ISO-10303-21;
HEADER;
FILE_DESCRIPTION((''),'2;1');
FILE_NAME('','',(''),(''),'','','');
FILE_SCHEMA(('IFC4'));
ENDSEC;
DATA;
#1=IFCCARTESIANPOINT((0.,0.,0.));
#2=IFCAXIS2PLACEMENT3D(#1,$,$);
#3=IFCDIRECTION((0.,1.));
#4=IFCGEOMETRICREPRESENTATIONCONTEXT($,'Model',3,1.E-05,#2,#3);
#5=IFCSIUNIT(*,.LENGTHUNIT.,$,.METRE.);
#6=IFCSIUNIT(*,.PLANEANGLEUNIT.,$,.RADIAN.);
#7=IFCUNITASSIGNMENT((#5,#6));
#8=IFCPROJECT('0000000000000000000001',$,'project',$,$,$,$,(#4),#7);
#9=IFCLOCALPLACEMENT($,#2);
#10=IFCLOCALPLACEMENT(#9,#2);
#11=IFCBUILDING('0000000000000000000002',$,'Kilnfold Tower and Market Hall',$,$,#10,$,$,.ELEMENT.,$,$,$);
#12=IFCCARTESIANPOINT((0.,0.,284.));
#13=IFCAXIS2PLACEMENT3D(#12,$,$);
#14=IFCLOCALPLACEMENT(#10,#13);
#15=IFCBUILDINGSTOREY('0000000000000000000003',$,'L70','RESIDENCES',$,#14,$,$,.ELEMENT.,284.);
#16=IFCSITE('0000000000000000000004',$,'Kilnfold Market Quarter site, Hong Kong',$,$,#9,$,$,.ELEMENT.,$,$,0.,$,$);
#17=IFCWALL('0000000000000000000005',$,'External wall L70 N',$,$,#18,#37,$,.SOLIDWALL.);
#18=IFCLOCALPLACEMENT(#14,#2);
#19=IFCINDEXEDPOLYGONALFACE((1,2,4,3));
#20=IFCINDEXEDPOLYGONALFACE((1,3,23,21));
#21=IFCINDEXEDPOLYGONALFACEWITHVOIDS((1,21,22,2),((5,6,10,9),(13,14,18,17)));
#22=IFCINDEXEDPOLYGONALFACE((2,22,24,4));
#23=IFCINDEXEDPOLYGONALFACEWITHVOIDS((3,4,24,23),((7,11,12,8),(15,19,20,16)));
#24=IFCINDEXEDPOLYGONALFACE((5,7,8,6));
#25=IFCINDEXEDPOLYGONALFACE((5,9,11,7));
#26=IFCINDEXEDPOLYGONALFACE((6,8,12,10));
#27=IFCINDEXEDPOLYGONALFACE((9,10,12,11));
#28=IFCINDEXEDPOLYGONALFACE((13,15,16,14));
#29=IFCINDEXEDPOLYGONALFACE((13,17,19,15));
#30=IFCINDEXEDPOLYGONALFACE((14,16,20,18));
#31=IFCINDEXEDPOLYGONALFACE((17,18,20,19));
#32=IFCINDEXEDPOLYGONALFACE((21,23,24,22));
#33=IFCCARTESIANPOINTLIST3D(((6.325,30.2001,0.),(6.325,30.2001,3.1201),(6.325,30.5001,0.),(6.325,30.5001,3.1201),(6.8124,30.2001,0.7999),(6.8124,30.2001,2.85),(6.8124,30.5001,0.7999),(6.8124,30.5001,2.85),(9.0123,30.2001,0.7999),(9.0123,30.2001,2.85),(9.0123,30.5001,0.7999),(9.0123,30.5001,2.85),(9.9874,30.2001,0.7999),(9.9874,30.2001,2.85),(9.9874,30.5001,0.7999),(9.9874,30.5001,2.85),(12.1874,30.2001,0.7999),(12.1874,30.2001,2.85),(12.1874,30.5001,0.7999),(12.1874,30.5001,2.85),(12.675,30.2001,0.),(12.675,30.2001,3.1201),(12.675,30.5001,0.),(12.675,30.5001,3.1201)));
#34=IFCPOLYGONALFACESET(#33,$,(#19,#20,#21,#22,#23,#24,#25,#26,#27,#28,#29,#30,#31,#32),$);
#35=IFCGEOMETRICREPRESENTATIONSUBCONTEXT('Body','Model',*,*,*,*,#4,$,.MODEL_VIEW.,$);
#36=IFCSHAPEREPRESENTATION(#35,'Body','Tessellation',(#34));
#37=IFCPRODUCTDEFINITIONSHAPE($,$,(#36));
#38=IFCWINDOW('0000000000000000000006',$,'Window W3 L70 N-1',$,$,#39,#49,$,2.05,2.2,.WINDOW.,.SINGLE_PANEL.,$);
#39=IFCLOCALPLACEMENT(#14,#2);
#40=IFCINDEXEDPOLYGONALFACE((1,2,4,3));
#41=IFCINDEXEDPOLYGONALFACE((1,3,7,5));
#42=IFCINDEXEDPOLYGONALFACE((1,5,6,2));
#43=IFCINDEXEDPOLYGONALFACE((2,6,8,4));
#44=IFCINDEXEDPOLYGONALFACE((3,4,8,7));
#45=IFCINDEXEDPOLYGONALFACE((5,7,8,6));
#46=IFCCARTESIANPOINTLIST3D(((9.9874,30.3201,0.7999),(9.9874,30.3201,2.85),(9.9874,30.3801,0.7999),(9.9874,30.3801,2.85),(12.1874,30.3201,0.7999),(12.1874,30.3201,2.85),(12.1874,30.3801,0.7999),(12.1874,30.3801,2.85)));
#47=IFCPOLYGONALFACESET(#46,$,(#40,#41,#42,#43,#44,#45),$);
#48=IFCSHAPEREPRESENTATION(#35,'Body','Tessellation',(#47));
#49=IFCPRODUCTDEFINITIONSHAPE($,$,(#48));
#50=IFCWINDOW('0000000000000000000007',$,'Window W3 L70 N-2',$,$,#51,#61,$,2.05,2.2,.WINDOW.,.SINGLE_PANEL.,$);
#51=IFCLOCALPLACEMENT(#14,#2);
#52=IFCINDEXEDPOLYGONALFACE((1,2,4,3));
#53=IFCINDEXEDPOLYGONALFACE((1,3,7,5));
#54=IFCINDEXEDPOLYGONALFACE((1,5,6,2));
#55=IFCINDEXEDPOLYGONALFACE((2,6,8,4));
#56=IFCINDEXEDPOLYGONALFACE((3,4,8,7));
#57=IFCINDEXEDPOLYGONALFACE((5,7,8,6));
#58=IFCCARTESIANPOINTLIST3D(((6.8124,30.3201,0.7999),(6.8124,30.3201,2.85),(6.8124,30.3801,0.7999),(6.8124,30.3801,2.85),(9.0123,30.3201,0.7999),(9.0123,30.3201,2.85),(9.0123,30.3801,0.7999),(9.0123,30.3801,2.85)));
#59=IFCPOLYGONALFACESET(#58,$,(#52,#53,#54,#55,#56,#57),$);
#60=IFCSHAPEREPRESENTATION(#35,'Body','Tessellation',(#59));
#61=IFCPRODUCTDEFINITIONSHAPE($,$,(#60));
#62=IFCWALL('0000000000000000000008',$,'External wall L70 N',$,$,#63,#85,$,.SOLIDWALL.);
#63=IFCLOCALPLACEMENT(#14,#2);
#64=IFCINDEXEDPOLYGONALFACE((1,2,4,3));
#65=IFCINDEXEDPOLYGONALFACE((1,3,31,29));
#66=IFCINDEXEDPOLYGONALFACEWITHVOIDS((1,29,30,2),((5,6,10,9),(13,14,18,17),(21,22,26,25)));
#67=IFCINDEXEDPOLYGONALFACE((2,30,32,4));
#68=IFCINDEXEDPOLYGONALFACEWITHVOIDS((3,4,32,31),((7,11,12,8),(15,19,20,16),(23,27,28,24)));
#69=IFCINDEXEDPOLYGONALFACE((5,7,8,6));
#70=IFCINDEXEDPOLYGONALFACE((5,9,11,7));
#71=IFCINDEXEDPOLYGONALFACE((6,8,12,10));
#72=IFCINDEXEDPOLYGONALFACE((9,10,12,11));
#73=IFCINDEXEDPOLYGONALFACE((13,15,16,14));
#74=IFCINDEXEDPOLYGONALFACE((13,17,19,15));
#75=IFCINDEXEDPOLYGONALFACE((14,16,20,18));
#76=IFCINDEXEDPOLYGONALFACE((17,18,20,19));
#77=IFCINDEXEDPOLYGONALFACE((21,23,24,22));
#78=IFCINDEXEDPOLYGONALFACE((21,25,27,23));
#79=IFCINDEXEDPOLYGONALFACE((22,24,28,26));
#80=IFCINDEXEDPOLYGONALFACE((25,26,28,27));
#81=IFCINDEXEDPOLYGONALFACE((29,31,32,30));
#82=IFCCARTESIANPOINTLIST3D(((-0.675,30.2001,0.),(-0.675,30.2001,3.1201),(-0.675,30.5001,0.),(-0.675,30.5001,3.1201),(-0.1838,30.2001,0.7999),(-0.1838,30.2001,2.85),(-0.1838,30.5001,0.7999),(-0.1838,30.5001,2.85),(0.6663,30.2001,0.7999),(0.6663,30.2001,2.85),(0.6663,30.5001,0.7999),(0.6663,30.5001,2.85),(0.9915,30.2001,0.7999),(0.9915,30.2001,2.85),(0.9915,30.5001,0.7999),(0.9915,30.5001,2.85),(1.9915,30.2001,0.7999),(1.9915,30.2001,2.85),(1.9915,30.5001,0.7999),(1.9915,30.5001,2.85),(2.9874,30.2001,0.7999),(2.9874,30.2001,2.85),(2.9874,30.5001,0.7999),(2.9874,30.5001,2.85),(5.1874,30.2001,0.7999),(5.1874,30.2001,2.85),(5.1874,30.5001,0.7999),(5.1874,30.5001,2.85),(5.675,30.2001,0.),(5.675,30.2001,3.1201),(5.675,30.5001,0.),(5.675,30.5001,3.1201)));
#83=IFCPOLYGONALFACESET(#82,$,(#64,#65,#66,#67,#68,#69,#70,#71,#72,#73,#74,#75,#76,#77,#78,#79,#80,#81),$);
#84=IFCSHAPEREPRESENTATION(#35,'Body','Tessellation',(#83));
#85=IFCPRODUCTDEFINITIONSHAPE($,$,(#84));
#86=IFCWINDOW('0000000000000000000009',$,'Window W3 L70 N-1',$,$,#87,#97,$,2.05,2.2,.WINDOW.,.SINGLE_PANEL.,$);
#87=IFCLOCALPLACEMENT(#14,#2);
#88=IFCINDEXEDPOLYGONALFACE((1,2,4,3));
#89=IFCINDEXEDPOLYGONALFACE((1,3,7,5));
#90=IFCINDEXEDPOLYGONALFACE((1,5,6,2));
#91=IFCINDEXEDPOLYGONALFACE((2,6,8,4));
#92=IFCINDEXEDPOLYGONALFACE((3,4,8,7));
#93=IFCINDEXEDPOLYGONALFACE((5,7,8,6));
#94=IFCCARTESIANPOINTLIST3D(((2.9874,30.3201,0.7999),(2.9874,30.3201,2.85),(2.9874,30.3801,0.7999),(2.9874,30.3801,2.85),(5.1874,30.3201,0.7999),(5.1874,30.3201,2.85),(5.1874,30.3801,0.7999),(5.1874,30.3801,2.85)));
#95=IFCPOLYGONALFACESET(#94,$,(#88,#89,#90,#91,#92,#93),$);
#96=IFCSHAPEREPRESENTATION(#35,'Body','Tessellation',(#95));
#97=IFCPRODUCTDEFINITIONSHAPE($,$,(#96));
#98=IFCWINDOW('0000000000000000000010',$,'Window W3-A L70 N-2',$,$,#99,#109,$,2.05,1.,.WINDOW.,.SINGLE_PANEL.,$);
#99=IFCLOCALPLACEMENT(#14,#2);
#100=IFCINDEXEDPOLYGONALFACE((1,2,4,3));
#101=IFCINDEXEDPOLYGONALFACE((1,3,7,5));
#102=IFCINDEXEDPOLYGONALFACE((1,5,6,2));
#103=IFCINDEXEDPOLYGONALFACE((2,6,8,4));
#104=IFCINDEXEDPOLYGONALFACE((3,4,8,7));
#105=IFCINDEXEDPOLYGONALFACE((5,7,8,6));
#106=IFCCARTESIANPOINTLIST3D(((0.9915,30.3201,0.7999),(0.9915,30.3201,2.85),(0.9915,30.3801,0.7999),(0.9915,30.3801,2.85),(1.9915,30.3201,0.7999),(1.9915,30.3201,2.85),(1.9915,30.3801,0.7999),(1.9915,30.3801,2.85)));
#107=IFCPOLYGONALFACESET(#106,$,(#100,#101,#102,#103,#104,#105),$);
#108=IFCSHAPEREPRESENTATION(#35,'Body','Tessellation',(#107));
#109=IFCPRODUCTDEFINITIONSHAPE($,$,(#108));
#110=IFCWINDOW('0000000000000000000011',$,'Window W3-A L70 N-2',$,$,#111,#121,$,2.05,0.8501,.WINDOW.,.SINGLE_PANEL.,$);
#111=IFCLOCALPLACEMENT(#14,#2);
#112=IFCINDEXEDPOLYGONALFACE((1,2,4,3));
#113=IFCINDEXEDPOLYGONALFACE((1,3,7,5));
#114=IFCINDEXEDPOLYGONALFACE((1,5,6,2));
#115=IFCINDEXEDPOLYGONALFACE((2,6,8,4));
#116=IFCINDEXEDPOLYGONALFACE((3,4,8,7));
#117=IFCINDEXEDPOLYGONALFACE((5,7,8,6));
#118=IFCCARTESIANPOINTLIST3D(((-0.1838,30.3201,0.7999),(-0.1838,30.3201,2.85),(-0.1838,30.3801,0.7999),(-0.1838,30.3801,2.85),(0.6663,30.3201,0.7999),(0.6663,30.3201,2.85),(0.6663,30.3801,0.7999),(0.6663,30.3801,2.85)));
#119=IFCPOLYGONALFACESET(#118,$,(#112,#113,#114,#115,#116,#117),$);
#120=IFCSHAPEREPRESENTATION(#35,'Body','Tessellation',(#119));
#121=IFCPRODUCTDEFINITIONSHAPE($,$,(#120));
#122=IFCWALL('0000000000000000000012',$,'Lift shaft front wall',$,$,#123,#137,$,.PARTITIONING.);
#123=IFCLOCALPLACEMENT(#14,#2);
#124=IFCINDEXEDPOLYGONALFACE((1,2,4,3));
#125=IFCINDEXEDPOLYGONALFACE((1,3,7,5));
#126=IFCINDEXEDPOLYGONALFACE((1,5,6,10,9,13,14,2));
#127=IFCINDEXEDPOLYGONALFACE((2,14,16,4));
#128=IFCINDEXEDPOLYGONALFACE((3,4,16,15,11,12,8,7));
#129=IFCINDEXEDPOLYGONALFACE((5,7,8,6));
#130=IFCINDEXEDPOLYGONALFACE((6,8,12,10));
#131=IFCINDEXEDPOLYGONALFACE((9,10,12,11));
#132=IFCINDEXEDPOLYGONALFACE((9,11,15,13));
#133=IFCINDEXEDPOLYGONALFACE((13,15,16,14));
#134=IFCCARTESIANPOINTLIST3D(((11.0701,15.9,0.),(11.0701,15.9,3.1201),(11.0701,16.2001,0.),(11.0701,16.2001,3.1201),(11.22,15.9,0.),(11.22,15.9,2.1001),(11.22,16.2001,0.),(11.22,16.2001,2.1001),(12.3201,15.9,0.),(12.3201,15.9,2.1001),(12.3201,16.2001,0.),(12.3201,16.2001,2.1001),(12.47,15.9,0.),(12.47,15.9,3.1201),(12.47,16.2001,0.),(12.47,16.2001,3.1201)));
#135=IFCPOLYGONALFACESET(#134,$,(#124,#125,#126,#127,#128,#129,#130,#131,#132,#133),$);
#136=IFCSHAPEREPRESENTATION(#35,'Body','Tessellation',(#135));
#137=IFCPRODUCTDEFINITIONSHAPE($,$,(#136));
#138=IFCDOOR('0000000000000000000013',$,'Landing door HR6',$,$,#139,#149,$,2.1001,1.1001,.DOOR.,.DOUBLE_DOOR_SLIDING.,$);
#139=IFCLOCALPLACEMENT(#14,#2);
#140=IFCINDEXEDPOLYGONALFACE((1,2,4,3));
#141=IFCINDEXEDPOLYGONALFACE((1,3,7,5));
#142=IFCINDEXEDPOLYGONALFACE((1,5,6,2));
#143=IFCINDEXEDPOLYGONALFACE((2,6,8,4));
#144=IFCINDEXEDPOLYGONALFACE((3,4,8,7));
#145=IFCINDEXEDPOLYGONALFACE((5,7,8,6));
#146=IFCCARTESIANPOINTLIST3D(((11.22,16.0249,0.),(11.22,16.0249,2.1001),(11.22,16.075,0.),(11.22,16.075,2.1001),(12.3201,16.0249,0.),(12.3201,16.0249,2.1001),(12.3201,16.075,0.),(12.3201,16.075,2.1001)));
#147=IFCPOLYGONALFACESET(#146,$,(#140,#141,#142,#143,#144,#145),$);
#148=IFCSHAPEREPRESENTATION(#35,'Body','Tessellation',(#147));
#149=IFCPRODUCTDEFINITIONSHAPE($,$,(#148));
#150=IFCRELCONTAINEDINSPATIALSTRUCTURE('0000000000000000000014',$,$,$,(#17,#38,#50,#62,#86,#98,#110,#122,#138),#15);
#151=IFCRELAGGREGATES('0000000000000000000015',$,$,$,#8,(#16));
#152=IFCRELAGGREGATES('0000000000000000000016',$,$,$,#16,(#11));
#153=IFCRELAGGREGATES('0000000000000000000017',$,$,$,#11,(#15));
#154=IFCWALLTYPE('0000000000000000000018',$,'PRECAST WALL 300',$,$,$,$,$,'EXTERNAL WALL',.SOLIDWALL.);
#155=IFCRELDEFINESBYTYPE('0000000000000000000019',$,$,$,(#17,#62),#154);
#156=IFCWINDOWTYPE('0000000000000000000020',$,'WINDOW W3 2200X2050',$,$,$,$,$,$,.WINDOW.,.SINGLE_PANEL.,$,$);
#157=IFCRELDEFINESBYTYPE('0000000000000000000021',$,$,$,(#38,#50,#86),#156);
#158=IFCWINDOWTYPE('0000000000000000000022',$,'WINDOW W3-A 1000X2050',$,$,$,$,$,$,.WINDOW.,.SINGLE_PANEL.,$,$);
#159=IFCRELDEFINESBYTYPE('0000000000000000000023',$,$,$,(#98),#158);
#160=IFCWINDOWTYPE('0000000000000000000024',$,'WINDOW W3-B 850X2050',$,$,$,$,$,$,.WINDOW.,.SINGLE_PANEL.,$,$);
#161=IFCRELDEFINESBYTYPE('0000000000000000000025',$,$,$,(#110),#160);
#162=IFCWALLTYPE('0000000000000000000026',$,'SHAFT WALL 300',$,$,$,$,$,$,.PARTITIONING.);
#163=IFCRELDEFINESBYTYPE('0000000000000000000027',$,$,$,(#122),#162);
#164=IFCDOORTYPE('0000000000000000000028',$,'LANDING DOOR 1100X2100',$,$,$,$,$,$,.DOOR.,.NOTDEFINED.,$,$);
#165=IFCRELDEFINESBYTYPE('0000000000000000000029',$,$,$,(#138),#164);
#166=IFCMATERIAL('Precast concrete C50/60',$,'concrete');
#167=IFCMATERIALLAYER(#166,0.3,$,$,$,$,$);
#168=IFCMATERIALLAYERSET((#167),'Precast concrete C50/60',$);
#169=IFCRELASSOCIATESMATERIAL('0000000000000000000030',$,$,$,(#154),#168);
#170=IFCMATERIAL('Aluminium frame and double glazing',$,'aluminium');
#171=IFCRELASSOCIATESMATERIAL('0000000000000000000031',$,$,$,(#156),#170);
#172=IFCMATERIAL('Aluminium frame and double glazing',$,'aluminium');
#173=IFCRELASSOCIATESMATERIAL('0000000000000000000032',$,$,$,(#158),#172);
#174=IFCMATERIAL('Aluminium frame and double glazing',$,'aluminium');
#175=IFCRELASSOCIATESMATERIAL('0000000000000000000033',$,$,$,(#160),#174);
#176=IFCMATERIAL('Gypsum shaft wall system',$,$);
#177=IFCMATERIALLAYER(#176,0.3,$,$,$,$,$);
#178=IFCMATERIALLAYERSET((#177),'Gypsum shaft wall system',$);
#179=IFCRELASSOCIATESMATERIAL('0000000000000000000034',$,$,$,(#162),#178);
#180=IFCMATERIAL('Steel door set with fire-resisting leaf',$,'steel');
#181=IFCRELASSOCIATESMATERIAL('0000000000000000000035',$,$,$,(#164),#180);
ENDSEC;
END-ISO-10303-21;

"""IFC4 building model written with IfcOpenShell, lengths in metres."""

from ifc_helpers import new_model, si_unit, direction, frame, frame_2d, origin, place, context, subcontext, project, spatial, rectangle, extrude, source, transform, mapped, material, layer, layer_set, type_object, element, fill, save


model = new_model("IFC4")

# Units and contexts
model_context = context("Model", 3, precision=1e-05, world=origin(), true_north=direction((0.0, 1.0)))
body_context = subcontext(model_context, "Body", "Model", "MODEL_VIEW")
ifc_project = project(units=[si_unit("LENGTHUNIT", "METRE"), si_unit("PLANEANGLEUNIT", "RADIAN")], contexts=[model_context])

# Site, building, storey
site_placement = place(None, origin())
site = spatial("IfcSite", under=ifc_project, at=site_placement, Name="Kilnfold Market Quarter site, Hong Kong", CompositionType="ELEMENT", RefElevation=0.0)
building_placement = place(site_placement, origin())
building = spatial("IfcBuilding", under=site, at=building_placement, Name="Kilnfold Tower and Market Hall", CompositionType="ELEMENT")
storey_placement = place(building_placement, frame((0.0, 0.0, 284.0)))
storey = spatial("IfcBuildingStorey", under=building, at=storey_placement, Name="L70", Description="RESIDENCES", CompositionType="ELEMENT", Elevation=284.0)

# Walls, openings, windows
ifc_material_1 = material(Name="Precast concrete C50/60", Category="concrete")
ifc_layer_1 = layer(ifc_material_1, 0.3)
ifc_layer_set_1 = layer_set([ifc_layer_1], Name="Precast concrete C50/60")
wall_type_1 = type_object("IfcWallType", Name="PRECAST WALL 300", ElementType="EXTERNAL WALL", PredefinedType="SOLIDWALL", material=ifc_layer_set_1)
shared_shape_1 = source(origin(), body_context, "Body", "SweptSolid", [
    extrude(rectangle(XDim=6.3501, YDim=0.3, at=frame_2d((3.175, 0.0))), origin(), (0.0, 0.0, 1.0), 3.1201),
])
wall_1_placement = place(storey_placement, frame((12.675, 30.3501, 0.0), z_axis=(0.0, 0.0, 1.0), x_axis=(-1.0, 0.0, 0.0)))
wall_1 = element("IfcWall", 1, at=wall_1_placement, inside=storey, type_object=wall_type_1, Name="External wall L70 N", PredefinedType="SOLIDWALL", context=body_context, shape_type="MappedRepresentation", body=[
    mapped(shared_shape_1, transform((0.0, 0.0, 0.0))),
])
opening_1_placement = place(wall_1_placement, frame((0.4875, 0.0, 0.8)))
opening_1 = element("IfcOpeningElement", 2, at=opening_1_placement, cuts=wall_1, PredefinedType="OPENING", context=body_context, shape_type="SweptSolid", body=[
    extrude(rectangle(XDim=2.2, YDim=2.05, at=frame_2d((1.1001, 1.0249))), frame((0.0, 0.1602, 0.0), z_axis=(0.0, -1.0, 0.0), x_axis=(1.0, 0.0, 0.0)), (0.0, 0.0, 1.0), 0.3201),
])
opening_2_placement = place(wall_1_placement, frame((3.6626, 0.0, 0.8)))
opening_2 = element("IfcOpeningElement", 3, at=opening_2_placement, cuts=wall_1, PredefinedType="OPENING", context=body_context, shape_type="SweptSolid", body=[
    extrude(rectangle(XDim=2.2, YDim=2.05, at=frame_2d((1.1001, 1.0249))), frame((0.0, 0.1602, 0.0), z_axis=(0.0, -1.0, 0.0), x_axis=(1.0, 0.0, 0.0)), (0.0, 0.0, 1.0), 0.3201),
])
ifc_material_2 = material(Name="Aluminium frame and double glazing", Category="aluminium")
window_type_1 = type_object("IfcWindowType", Name="WINDOW W3 2200X2050", PartitioningType="SINGLE_PANEL", PredefinedType="WINDOW", material=ifc_material_2)
window_1_placement = place(opening_1_placement, origin())
window_1 = element("IfcWindow", 4, at=window_1_placement, inside=storey, type_object=window_type_1, Name="Window W3 L70 N-1", OverallHeight=2.05, OverallWidth=2.2, PartitioningType="SINGLE_PANEL", PredefinedType="WINDOW", context=body_context, shape_type="SweptSolid", body=[
    extrude(rectangle(XDim=2.2, YDim=2.05, at=frame_2d((1.1001, 1.0249))), frame((0.0, 0.03, 0.0), z_axis=(0.0, -1.0, 0.0), x_axis=(1.0, 0.0, 0.0)), (0.0, 0.0, 1.0), 0.0601),
])
fill(opening_1, window_1)
window_2_placement = place(opening_2_placement, origin())
window_2 = element("IfcWindow", 5, at=window_2_placement, inside=storey, type_object=window_type_1, Name="Window W3 L70 N-2", OverallHeight=2.05, OverallWidth=2.2, PartitioningType="SINGLE_PANEL", PredefinedType="WINDOW", context=body_context, shape_type="SweptSolid", body=[
    extrude(rectangle(XDim=2.2, YDim=2.05, at=frame_2d((1.1001, 1.0249))), frame((0.0, 0.03, 0.0), z_axis=(0.0, -1.0, 0.0), x_axis=(1.0, 0.0, 0.0)), (0.0, 0.0, 1.0), 0.0601),
])
fill(opening_2, window_2)
wall_2_placement = place(storey_placement, frame((5.675, 30.3501, 0.0), z_axis=(0.0, 0.0, 1.0), x_axis=(-1.0, 0.0, 0.0)))
wall_2 = element("IfcWall", 6, at=wall_2_placement, inside=storey, type_object=wall_type_1, Name="External wall L70 N", PredefinedType="SOLIDWALL", context=body_context, shape_type="MappedRepresentation", body=[
    mapped(shared_shape_1, transform((0.0, 0.0, 0.0))),
])
opening_3_placement = place(wall_2_placement, frame((0.4875, 0.0, 0.8)))
opening_3 = element("IfcOpeningElement", 7, at=opening_3_placement, cuts=wall_2, PredefinedType="OPENING", context=body_context, shape_type="SweptSolid", body=[
    extrude(rectangle(XDim=2.2, YDim=2.05, at=frame_2d((1.1001, 1.0249))), frame((0.0, 0.1602, 0.0), z_axis=(0.0, -1.0, 0.0), x_axis=(1.0, 0.0, 0.0)), (0.0, 0.0, 1.0), 0.3201),
])
opening_4_placement = place(wall_2_placement, frame((3.6836, 0.0, 0.8)))
opening_4 = element("IfcOpeningElement", 8, at=opening_4_placement, cuts=wall_2, PredefinedType="OPENING", context=body_context, shape_type="SweptSolid", body=[
    extrude(rectangle(XDim=1.0, YDim=2.05, at=frame_2d((0.5, 1.0249))), frame((0.0, 0.1602, 0.0), z_axis=(0.0, -1.0, 0.0), x_axis=(1.0, 0.0, 0.0)), (0.0, 0.0, 1.0), 0.3201),
])
opening_5_placement = place(wall_2_placement, frame((5.0088, 0.0, 0.8)))
opening_5 = element("IfcOpeningElement", 9, at=opening_5_placement, cuts=wall_2, PredefinedType="OPENING", context=body_context, shape_type="SweptSolid", body=[
    extrude(rectangle(XDim=0.8501, YDim=2.05, at=frame_2d((0.425, 1.0249))), frame((0.0, 0.1602, 0.0), z_axis=(0.0, -1.0, 0.0), x_axis=(1.0, 0.0, 0.0)), (0.0, 0.0, 1.0), 0.3201),
])
window_3_placement = place(opening_3_placement, origin())
window_3 = element("IfcWindow", 10, at=window_3_placement, inside=storey, type_object=window_type_1, Name="Window W3 L70 N-1", OverallHeight=2.05, OverallWidth=2.2, PartitioningType="SINGLE_PANEL", PredefinedType="WINDOW", context=body_context, shape_type="SweptSolid", body=[
    extrude(rectangle(XDim=2.2, YDim=2.05, at=frame_2d((1.1001, 1.0249))), frame((0.0, 0.03, 0.0), z_axis=(0.0, -1.0, 0.0), x_axis=(1.0, 0.0, 0.0)), (0.0, 0.0, 1.0), 0.0601),
])
fill(opening_3, window_3)
ifc_material_3 = material(Name="Aluminium frame and double glazing", Category="aluminium")
window_type_2 = type_object("IfcWindowType", Name="WINDOW W3-A 1000X2050", PartitioningType="SINGLE_PANEL", PredefinedType="WINDOW", material=ifc_material_3)
window_4_placement = place(opening_4_placement, origin())
window_4 = element("IfcWindow", 11, at=window_4_placement, inside=storey, type_object=window_type_2, Name="Window W3-A L70 N-2", OverallHeight=2.05, OverallWidth=1.0, PartitioningType="SINGLE_PANEL", PredefinedType="WINDOW", context=body_context, shape_type="SweptSolid", body=[
    extrude(rectangle(XDim=1.0, YDim=2.05, at=frame_2d((0.5, 1.0249))), frame((0.0, 0.03, 0.0), z_axis=(0.0, -1.0, 0.0), x_axis=(1.0, 0.0, 0.0)), (0.0, 0.0, 1.0), 0.0601),
])
fill(opening_4, window_4)
ifc_material_4 = material(Name="Aluminium frame and double glazing", Category="aluminium")
window_type_3 = type_object("IfcWindowType", Name="WINDOW W3-B 850X2050", PartitioningType="SINGLE_PANEL", PredefinedType="WINDOW", material=ifc_material_4)
window_5_placement = place(opening_5_placement, origin())
window_5 = element("IfcWindow", 12, at=window_5_placement, inside=storey, type_object=window_type_3, Name="Window W3-A L70 N-2", OverallHeight=2.05, OverallWidth=0.8501, PartitioningType="SINGLE_PANEL", PredefinedType="WINDOW", context=body_context, shape_type="SweptSolid", body=[
    extrude(rectangle(XDim=0.8501, YDim=2.05, at=frame_2d((0.425, 1.0249))), frame((0.0, 0.03, 0.0), z_axis=(0.0, -1.0, 0.0), x_axis=(1.0, 0.0, 0.0)), (0.0, 0.0, 1.0), 0.0601),
])
fill(opening_5, window_5)

# Wall, opening, door
ifc_material_5 = material(Name="Gypsum shaft wall system")
ifc_layer_2 = layer(ifc_material_5, 0.3)
ifc_layer_set_2 = layer_set([ifc_layer_2], Name="Gypsum shaft wall system")
wall_type_2 = type_object("IfcWallType", Name="SHAFT WALL 300", PredefinedType="PARTITIONING", material=ifc_layer_set_2)
shared_shape_2 = source(origin(), body_context, "Body", "SweptSolid", [
    extrude(rectangle(XDim=1.3999, YDim=0.3, at=frame_2d((0.7, 0.0))), origin(), (0.0, 0.0, 1.0), 3.1201),
])
wall_3_placement = place(storey_placement, frame((11.0701, 16.05, 0.0), z_axis=(0.0, 0.0, 1.0), x_axis=(1.0, 0.0, 0.0)))
wall_3 = element("IfcWall", 13, at=wall_3_placement, inside=storey, type_object=wall_type_2, Name="Lift shaft front wall", PredefinedType="PARTITIONING", context=body_context, shape_type="MappedRepresentation", body=[
    mapped(shared_shape_2, transform((0.0, 0.0, 0.0))),
])
opening_6_placement = place(wall_3_placement, frame((0.1499, 0.0, 0.0)))
opening_6 = element("IfcOpeningElement", 14, at=opening_6_placement, cuts=wall_3, PredefinedType="OPENING", context=body_context, shape_type="SweptSolid", body=[
    extrude(rectangle(XDim=1.1001, YDim=2.1001, at=frame_2d((0.55, 1.05))), frame((0.0, 0.1602, 0.0), z_axis=(0.0, -1.0, 0.0), x_axis=(1.0, 0.0, 0.0)), (0.0, 0.0, 1.0), 0.3201),
])
ifc_material_6 = material(Name="Steel door set with fire-resisting leaf", Category="steel")
door_type_1 = type_object("IfcDoorType", Name="LANDING DOOR 1100X2100", OperationType="NOTDEFINED", PredefinedType="DOOR", material=ifc_material_6)
door_1_placement = place(opening_6_placement, origin())
door_1 = element("IfcDoor", 15, at=door_1_placement, inside=storey, type_object=door_type_1, Name="Landing door HR6", OperationType="DOUBLE_DOOR_SLIDING", OverallHeight=2.1001, OverallWidth=1.1001, PredefinedType="DOOR", context=body_context, shape_type="SweptSolid", body=[
    extrude(rectangle(XDim=1.1001, YDim=2.1001, at=frame_2d((0.55, 1.05))), frame((0.0, 0.0249, 0.0), z_axis=(0.0, -1.0, 0.0), x_axis=(1.0, 0.0, 0.0)), (0.0, 0.0, 1.0), 0.05),
])
fill(opening_6, door_1)

save(model, "model.ifc")
